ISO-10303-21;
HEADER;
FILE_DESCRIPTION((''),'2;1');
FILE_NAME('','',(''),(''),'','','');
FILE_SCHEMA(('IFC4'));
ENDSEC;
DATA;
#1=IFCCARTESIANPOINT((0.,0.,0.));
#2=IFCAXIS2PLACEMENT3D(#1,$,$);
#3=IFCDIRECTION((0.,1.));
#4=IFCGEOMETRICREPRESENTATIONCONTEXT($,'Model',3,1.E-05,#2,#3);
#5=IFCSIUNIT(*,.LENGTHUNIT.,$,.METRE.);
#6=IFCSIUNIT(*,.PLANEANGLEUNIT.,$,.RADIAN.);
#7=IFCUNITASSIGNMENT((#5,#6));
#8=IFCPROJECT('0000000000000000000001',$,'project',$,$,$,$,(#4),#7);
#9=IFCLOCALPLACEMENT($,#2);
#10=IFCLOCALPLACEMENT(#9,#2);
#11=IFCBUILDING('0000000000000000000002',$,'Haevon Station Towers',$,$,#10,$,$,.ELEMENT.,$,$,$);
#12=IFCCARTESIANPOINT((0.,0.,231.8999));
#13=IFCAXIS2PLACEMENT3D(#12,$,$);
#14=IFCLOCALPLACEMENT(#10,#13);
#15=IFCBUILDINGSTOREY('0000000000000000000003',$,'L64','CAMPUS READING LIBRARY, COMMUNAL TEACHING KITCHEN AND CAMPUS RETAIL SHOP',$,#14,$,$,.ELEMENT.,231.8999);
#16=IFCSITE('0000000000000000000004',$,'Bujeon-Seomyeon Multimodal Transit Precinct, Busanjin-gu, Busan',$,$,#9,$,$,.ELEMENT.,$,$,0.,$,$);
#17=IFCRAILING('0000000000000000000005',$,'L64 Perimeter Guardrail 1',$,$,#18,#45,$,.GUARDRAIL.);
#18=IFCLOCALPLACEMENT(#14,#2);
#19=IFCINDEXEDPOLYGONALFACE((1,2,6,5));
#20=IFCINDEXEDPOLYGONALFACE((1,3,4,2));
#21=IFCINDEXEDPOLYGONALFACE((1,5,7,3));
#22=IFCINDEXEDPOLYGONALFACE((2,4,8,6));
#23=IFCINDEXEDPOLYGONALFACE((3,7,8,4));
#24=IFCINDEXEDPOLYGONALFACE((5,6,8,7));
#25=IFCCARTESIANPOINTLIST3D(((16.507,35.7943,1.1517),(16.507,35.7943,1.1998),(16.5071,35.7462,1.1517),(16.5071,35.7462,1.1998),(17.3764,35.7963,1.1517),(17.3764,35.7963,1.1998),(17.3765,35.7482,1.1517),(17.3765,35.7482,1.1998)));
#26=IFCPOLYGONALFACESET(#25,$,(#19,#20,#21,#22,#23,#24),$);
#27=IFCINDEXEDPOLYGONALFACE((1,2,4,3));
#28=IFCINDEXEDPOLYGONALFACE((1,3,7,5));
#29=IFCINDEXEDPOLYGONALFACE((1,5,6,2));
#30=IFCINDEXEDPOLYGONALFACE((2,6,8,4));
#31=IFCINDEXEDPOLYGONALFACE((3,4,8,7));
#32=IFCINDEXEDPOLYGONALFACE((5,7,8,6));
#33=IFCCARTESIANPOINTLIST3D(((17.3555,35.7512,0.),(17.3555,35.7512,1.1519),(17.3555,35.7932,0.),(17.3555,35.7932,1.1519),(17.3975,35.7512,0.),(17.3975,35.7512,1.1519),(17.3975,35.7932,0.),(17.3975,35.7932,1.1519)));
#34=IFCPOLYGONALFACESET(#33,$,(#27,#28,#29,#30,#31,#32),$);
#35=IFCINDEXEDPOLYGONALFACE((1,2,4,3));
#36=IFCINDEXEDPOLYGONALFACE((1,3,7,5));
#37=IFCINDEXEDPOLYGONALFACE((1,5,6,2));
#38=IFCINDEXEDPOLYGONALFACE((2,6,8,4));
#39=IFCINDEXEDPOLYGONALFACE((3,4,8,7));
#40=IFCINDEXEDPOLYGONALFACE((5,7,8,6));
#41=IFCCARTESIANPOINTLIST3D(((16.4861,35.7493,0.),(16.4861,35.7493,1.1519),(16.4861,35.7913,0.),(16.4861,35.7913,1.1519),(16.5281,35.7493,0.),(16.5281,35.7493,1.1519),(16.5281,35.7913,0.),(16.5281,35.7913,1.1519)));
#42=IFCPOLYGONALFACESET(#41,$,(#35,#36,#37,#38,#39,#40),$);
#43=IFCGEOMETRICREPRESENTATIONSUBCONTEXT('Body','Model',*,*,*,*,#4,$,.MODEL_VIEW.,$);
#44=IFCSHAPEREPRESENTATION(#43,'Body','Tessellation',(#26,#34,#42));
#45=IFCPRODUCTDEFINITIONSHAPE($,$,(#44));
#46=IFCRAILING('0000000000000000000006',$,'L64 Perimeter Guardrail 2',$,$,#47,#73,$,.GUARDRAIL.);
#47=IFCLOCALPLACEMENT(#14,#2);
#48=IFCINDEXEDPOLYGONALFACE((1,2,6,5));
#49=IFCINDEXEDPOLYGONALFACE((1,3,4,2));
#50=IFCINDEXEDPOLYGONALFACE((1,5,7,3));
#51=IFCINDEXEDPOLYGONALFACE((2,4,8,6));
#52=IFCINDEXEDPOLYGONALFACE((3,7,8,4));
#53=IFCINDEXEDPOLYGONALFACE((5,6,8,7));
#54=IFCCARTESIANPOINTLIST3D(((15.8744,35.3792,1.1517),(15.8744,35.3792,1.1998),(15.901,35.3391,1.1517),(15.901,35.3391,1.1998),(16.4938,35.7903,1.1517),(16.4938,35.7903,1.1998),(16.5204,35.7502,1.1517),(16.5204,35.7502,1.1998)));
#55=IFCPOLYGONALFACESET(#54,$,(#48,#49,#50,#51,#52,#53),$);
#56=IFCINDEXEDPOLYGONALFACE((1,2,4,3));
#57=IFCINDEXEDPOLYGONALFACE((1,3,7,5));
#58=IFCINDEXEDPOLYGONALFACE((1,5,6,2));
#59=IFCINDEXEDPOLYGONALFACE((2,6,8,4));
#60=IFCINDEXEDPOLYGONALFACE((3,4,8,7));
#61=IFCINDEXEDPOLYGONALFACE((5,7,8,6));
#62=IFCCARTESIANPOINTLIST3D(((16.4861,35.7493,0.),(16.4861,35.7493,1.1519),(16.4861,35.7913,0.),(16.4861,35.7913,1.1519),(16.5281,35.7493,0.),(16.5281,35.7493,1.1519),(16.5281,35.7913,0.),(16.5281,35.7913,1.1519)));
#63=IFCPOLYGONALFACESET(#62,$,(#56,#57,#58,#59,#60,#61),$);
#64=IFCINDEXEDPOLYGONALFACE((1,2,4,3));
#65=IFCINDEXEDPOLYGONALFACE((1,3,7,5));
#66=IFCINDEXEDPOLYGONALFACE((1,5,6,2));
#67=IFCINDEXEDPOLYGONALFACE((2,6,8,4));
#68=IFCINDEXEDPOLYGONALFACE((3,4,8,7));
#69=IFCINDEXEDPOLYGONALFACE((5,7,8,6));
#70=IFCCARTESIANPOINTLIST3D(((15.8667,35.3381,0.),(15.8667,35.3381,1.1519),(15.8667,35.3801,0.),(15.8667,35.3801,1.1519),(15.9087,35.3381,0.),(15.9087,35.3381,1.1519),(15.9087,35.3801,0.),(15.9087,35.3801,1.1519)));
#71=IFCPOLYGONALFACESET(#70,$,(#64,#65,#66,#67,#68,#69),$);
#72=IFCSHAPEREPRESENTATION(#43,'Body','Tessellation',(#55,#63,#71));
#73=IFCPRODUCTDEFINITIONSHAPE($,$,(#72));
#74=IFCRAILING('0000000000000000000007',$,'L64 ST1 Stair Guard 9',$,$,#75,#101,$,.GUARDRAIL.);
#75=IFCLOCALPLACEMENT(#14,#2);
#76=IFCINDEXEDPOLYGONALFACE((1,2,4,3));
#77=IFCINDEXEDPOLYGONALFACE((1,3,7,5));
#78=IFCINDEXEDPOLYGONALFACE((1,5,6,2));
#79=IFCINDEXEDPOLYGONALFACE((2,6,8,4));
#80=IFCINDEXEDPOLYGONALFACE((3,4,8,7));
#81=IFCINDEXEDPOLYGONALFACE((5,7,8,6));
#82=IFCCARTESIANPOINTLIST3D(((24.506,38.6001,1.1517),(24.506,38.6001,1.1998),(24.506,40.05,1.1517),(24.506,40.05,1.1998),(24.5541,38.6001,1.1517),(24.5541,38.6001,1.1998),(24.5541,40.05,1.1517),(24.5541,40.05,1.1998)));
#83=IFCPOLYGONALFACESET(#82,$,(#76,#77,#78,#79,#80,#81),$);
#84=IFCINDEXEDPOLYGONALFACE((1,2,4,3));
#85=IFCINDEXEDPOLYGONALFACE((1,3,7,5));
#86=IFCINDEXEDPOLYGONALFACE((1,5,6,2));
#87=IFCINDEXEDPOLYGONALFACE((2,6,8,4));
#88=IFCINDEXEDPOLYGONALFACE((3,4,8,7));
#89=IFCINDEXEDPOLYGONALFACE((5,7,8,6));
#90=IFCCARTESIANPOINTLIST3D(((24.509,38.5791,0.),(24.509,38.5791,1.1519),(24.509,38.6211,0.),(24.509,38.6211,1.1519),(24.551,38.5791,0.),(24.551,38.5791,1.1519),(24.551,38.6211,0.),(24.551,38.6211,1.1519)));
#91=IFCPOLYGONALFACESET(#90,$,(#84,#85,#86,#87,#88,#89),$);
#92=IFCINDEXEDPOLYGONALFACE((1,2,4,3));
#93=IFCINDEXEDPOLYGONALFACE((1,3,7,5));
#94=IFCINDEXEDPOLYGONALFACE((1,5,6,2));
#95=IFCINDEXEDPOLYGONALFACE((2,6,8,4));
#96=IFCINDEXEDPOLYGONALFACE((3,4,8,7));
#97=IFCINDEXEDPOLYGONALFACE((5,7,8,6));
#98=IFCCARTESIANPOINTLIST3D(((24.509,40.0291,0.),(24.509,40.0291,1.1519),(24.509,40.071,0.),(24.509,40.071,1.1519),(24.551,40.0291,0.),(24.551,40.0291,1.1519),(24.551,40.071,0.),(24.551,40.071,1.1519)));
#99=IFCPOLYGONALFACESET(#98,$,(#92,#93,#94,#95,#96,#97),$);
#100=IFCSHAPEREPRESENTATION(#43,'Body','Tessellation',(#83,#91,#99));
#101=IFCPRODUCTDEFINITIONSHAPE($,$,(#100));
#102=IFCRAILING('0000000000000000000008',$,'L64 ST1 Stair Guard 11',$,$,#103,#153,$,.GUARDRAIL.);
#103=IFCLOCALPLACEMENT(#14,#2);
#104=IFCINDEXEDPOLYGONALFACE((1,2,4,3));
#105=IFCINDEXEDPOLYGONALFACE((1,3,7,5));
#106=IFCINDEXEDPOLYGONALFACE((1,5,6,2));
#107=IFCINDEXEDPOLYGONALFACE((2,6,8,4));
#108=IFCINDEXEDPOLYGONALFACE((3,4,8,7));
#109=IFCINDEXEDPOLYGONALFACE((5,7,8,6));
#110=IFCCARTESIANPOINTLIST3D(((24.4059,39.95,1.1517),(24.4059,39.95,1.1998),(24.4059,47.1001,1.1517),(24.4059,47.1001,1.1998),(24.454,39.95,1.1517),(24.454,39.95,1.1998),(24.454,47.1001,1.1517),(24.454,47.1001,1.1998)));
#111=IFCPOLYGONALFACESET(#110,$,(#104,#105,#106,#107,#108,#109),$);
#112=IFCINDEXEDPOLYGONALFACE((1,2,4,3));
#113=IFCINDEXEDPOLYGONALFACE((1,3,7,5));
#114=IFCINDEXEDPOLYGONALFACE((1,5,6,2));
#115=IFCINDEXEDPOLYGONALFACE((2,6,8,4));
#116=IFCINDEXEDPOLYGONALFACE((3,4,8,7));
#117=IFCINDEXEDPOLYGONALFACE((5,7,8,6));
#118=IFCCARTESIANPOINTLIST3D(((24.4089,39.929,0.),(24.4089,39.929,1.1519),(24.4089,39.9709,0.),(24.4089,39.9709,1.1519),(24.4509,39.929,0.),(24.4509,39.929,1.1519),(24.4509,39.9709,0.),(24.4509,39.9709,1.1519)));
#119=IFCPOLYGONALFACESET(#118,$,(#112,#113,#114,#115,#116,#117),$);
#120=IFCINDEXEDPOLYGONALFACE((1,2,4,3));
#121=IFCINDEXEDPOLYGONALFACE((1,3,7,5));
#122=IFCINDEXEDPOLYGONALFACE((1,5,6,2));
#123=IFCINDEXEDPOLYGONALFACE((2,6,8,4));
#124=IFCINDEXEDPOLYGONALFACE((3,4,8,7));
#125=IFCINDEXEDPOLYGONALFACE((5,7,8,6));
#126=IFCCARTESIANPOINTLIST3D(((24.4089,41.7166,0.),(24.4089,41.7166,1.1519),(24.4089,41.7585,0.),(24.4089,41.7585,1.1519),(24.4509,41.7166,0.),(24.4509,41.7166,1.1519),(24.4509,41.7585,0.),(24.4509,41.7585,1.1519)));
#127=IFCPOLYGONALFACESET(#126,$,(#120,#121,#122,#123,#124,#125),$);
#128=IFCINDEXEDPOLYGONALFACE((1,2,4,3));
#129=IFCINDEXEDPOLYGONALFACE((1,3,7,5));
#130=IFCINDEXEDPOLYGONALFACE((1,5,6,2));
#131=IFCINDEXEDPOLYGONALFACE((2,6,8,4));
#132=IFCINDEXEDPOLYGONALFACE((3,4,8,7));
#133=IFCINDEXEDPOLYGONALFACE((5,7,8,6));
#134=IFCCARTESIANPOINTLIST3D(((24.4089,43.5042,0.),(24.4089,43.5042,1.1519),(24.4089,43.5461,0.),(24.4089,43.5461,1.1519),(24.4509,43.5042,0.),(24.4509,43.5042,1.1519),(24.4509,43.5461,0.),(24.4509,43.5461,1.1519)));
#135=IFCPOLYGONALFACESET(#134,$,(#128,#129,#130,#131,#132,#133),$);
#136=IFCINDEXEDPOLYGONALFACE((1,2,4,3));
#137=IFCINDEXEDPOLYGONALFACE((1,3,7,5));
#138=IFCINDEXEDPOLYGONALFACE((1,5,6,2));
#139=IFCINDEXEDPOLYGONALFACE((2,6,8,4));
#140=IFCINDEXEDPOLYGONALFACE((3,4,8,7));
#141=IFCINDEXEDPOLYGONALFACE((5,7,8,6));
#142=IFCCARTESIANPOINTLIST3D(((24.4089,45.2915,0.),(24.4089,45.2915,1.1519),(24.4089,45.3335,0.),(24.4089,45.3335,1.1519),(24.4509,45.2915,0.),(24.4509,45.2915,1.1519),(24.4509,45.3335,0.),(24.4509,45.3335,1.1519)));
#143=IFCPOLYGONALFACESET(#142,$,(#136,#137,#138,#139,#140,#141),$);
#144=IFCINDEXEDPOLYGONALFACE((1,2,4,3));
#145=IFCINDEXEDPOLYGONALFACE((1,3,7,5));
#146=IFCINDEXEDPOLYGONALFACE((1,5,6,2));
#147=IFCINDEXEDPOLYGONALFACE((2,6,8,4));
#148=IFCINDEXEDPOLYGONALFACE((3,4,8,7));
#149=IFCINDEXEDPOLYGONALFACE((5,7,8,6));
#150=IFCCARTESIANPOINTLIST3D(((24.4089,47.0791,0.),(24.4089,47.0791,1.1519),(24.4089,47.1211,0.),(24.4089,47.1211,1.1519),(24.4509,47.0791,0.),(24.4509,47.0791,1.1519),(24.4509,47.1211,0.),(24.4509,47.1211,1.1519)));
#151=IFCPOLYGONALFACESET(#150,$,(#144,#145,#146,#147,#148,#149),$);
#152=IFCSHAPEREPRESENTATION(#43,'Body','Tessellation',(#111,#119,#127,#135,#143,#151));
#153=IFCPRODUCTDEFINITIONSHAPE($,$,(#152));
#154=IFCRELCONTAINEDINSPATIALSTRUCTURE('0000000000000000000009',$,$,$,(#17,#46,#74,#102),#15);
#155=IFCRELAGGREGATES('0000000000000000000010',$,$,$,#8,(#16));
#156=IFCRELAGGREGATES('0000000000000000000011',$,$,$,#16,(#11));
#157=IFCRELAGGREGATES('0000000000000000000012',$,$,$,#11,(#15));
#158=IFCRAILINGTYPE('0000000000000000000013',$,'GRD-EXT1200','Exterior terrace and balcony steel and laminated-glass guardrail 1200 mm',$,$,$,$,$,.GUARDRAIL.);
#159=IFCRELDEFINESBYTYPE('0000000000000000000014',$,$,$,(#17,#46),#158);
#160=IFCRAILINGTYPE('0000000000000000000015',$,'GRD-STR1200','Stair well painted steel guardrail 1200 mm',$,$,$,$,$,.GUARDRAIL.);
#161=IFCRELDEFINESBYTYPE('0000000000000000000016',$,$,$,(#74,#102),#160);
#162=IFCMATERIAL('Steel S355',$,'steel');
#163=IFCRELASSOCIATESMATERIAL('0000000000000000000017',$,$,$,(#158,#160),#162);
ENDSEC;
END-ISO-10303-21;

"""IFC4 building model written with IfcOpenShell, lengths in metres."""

from ifc_helpers import new_model, si_unit, direction, frame, origin, origin_2d, place, context, subcontext, project, spatial, rectangle, extrude, material, type_object, element, save


model = new_model("IFC4")

# Units and contexts
model_context = context("Model", 3, precision=1e-05, world=origin(), true_north=direction((0.0, 1.0)))
body_context = subcontext(model_context, "Body", "Model", "MODEL_VIEW")
ifc_project = project(units=[si_unit("LENGTHUNIT", "METRE"), si_unit("PLANEANGLEUNIT", "RADIAN")], contexts=[model_context])

# Site, building, storey
site_placement = place(None, origin())
site = spatial("IfcSite", under=ifc_project, at=site_placement, Name="Bujeon-Seomyeon Multimodal Transit Precinct, Busanjin-gu, Busan", CompositionType="ELEMENT", RefElevation=0.0)
building_placement = place(site_placement, origin())
building = spatial("IfcBuilding", under=site, at=building_placement, Name="Haevon Station Towers", CompositionType="ELEMENT")
storey_placement = place(building_placement, frame((0.0, 0.0, 231.8999)))
storey = spatial("IfcBuildingStorey", under=building, at=storey_placement, Name="L64", Description="CAMPUS READING LIBRARY, COMMUNAL TEACHING KITCHEN AND CAMPUS RETAIL SHOP", CompositionType="ELEMENT", Elevation=231.8999)

# Shared definitions
ifc_material_1 = material(Name="Steel S355", Category="steel")

# Railings
railing_type_1 = type_object("IfcRailingType", Name="GRD-EXT1200", Description="Exterior terrace and balcony steel and laminated-glass guardrail 1200 mm", PredefinedType="GUARDRAIL", material=ifc_material_1)
railing_1_placement = place(storey_placement, frame((17.3765, 35.7722, 0.0)))
element("IfcRailing", 1, at=railing_1_placement, inside=storey, type_object=railing_type_1, Name="L64 Perimeter Guardrail 1", PredefinedType="GUARDRAIL", context=body_context, shape_type="SweptSolid", body=[
    extrude(rectangle(XDim=0.0481, YDim=0.0481, at=origin_2d()), frame((0.0, 0.0, 1.1758), z_axis=(-0.999997, -0.002247, 0.0), x_axis=(0.002247, -0.999997, 0.0)), (0.0, 0.0, 1.0), 0.8694),
    extrude(rectangle(XDim=0.042, YDim=0.042, at=origin_2d()), origin(), (0.0, 0.0, 1.0), 1.1519),
    extrude(rectangle(XDim=0.042, YDim=0.042, at=origin_2d()), frame((-0.8694, -0.002, 0.0)), (0.0, 0.0, 1.0), 1.1519),
])
railing_2_placement = place(storey_placement, frame((16.5071, 35.7703, 0.0)))
element("IfcRailing", 2, at=railing_2_placement, inside=storey, type_object=railing_type_1, Name="L64 Perimeter Guardrail 2", PredefinedType="GUARDRAIL", context=body_context, shape_type="SweptSolid", body=[
    extrude(rectangle(XDim=0.0481, YDim=0.0481, at=origin_2d()), frame((0.0, 0.0, 1.1758), z_axis=(-0.83316, -0.553032, 0.0), x_axis=(0.553032, -0.83316, 0.0)), (0.0, 0.0, 1.0), 0.7434),
    extrude(rectangle(XDim=0.042, YDim=0.042, at=origin_2d()), origin(), (0.0, 0.0, 1.0), 1.1519),
    extrude(rectangle(XDim=0.042, YDim=0.042, at=origin_2d()), frame((-0.6194, -0.4111, 0.0)), (0.0, 0.0, 1.0), 1.1519),
])
railing_type_2 = type_object("IfcRailingType", Name="GRD-STR1200", Description="Stair well painted steel guardrail 1200 mm", PredefinedType="GUARDRAIL", material=ifc_material_1)
railing_3_placement = place(storey_placement, frame((24.53, 38.6001, 0.0)))
element("IfcRailing", 3, at=railing_3_placement, inside=storey, type_object=railing_type_2, Name="L64 ST1 Stair Guard 9", PredefinedType="GUARDRAIL", context=body_context, shape_type="SweptSolid", body=[
    extrude(rectangle(XDim=0.0481, YDim=0.0481, at=origin_2d()), frame((0.0, 0.0, 1.1758), z_axis=(0.0, 1.0, 0.0), x_axis=(-1.0, 0.0, 0.0)), (0.0, 0.0, 1.0), 1.45),
    extrude(rectangle(XDim=0.042, YDim=0.042, at=origin_2d()), origin(), (0.0, 0.0, 1.0), 1.1519),
    extrude(rectangle(XDim=0.042, YDim=0.042, at=origin_2d()), frame((0.0, 1.45, 0.0)), (0.0, 0.0, 1.0), 1.1519),
])
railing_4_placement = place(storey_placement, frame((24.4299, 39.95, 0.0)))
element("IfcRailing", 4, at=railing_4_placement, inside=storey, type_object=railing_type_2, Name="L64 ST1 Stair Guard 11", PredefinedType="GUARDRAIL", context=body_context, shape_type="SweptSolid", body=[
    extrude(rectangle(XDim=0.0481, YDim=0.0481, at=origin_2d()), frame((0.0, 0.0, 1.1758), z_axis=(0.0, 1.0, 0.0), x_axis=(-1.0, 0.0, 0.0)), (0.0, 0.0, 1.0), 7.1501),
    extrude(rectangle(XDim=0.042, YDim=0.042, at=origin_2d()), origin(), (0.0, 0.0, 1.0), 1.1519),
    extrude(rectangle(XDim=0.042, YDim=0.042, at=origin_2d()), frame((0.0, 1.7876, 0.0)), (0.0, 0.0, 1.0), 1.1519),
    extrude(rectangle(XDim=0.042, YDim=0.042, at=origin_2d()), frame((0.0, 3.5752, 0.0)), (0.0, 0.0, 1.0), 1.1519),
    extrude(rectangle(XDim=0.042, YDim=0.042, at=origin_2d()), frame((0.0, 5.3625, 0.0)), (0.0, 0.0, 1.0), 1.1519),
    extrude(rectangle(XDim=0.042, YDim=0.042, at=origin_2d()), frame((0.0, 7.1501, 0.0)), (0.0, 0.0, 1.0), 1.1519),
])

save(model, "model.ifc")
